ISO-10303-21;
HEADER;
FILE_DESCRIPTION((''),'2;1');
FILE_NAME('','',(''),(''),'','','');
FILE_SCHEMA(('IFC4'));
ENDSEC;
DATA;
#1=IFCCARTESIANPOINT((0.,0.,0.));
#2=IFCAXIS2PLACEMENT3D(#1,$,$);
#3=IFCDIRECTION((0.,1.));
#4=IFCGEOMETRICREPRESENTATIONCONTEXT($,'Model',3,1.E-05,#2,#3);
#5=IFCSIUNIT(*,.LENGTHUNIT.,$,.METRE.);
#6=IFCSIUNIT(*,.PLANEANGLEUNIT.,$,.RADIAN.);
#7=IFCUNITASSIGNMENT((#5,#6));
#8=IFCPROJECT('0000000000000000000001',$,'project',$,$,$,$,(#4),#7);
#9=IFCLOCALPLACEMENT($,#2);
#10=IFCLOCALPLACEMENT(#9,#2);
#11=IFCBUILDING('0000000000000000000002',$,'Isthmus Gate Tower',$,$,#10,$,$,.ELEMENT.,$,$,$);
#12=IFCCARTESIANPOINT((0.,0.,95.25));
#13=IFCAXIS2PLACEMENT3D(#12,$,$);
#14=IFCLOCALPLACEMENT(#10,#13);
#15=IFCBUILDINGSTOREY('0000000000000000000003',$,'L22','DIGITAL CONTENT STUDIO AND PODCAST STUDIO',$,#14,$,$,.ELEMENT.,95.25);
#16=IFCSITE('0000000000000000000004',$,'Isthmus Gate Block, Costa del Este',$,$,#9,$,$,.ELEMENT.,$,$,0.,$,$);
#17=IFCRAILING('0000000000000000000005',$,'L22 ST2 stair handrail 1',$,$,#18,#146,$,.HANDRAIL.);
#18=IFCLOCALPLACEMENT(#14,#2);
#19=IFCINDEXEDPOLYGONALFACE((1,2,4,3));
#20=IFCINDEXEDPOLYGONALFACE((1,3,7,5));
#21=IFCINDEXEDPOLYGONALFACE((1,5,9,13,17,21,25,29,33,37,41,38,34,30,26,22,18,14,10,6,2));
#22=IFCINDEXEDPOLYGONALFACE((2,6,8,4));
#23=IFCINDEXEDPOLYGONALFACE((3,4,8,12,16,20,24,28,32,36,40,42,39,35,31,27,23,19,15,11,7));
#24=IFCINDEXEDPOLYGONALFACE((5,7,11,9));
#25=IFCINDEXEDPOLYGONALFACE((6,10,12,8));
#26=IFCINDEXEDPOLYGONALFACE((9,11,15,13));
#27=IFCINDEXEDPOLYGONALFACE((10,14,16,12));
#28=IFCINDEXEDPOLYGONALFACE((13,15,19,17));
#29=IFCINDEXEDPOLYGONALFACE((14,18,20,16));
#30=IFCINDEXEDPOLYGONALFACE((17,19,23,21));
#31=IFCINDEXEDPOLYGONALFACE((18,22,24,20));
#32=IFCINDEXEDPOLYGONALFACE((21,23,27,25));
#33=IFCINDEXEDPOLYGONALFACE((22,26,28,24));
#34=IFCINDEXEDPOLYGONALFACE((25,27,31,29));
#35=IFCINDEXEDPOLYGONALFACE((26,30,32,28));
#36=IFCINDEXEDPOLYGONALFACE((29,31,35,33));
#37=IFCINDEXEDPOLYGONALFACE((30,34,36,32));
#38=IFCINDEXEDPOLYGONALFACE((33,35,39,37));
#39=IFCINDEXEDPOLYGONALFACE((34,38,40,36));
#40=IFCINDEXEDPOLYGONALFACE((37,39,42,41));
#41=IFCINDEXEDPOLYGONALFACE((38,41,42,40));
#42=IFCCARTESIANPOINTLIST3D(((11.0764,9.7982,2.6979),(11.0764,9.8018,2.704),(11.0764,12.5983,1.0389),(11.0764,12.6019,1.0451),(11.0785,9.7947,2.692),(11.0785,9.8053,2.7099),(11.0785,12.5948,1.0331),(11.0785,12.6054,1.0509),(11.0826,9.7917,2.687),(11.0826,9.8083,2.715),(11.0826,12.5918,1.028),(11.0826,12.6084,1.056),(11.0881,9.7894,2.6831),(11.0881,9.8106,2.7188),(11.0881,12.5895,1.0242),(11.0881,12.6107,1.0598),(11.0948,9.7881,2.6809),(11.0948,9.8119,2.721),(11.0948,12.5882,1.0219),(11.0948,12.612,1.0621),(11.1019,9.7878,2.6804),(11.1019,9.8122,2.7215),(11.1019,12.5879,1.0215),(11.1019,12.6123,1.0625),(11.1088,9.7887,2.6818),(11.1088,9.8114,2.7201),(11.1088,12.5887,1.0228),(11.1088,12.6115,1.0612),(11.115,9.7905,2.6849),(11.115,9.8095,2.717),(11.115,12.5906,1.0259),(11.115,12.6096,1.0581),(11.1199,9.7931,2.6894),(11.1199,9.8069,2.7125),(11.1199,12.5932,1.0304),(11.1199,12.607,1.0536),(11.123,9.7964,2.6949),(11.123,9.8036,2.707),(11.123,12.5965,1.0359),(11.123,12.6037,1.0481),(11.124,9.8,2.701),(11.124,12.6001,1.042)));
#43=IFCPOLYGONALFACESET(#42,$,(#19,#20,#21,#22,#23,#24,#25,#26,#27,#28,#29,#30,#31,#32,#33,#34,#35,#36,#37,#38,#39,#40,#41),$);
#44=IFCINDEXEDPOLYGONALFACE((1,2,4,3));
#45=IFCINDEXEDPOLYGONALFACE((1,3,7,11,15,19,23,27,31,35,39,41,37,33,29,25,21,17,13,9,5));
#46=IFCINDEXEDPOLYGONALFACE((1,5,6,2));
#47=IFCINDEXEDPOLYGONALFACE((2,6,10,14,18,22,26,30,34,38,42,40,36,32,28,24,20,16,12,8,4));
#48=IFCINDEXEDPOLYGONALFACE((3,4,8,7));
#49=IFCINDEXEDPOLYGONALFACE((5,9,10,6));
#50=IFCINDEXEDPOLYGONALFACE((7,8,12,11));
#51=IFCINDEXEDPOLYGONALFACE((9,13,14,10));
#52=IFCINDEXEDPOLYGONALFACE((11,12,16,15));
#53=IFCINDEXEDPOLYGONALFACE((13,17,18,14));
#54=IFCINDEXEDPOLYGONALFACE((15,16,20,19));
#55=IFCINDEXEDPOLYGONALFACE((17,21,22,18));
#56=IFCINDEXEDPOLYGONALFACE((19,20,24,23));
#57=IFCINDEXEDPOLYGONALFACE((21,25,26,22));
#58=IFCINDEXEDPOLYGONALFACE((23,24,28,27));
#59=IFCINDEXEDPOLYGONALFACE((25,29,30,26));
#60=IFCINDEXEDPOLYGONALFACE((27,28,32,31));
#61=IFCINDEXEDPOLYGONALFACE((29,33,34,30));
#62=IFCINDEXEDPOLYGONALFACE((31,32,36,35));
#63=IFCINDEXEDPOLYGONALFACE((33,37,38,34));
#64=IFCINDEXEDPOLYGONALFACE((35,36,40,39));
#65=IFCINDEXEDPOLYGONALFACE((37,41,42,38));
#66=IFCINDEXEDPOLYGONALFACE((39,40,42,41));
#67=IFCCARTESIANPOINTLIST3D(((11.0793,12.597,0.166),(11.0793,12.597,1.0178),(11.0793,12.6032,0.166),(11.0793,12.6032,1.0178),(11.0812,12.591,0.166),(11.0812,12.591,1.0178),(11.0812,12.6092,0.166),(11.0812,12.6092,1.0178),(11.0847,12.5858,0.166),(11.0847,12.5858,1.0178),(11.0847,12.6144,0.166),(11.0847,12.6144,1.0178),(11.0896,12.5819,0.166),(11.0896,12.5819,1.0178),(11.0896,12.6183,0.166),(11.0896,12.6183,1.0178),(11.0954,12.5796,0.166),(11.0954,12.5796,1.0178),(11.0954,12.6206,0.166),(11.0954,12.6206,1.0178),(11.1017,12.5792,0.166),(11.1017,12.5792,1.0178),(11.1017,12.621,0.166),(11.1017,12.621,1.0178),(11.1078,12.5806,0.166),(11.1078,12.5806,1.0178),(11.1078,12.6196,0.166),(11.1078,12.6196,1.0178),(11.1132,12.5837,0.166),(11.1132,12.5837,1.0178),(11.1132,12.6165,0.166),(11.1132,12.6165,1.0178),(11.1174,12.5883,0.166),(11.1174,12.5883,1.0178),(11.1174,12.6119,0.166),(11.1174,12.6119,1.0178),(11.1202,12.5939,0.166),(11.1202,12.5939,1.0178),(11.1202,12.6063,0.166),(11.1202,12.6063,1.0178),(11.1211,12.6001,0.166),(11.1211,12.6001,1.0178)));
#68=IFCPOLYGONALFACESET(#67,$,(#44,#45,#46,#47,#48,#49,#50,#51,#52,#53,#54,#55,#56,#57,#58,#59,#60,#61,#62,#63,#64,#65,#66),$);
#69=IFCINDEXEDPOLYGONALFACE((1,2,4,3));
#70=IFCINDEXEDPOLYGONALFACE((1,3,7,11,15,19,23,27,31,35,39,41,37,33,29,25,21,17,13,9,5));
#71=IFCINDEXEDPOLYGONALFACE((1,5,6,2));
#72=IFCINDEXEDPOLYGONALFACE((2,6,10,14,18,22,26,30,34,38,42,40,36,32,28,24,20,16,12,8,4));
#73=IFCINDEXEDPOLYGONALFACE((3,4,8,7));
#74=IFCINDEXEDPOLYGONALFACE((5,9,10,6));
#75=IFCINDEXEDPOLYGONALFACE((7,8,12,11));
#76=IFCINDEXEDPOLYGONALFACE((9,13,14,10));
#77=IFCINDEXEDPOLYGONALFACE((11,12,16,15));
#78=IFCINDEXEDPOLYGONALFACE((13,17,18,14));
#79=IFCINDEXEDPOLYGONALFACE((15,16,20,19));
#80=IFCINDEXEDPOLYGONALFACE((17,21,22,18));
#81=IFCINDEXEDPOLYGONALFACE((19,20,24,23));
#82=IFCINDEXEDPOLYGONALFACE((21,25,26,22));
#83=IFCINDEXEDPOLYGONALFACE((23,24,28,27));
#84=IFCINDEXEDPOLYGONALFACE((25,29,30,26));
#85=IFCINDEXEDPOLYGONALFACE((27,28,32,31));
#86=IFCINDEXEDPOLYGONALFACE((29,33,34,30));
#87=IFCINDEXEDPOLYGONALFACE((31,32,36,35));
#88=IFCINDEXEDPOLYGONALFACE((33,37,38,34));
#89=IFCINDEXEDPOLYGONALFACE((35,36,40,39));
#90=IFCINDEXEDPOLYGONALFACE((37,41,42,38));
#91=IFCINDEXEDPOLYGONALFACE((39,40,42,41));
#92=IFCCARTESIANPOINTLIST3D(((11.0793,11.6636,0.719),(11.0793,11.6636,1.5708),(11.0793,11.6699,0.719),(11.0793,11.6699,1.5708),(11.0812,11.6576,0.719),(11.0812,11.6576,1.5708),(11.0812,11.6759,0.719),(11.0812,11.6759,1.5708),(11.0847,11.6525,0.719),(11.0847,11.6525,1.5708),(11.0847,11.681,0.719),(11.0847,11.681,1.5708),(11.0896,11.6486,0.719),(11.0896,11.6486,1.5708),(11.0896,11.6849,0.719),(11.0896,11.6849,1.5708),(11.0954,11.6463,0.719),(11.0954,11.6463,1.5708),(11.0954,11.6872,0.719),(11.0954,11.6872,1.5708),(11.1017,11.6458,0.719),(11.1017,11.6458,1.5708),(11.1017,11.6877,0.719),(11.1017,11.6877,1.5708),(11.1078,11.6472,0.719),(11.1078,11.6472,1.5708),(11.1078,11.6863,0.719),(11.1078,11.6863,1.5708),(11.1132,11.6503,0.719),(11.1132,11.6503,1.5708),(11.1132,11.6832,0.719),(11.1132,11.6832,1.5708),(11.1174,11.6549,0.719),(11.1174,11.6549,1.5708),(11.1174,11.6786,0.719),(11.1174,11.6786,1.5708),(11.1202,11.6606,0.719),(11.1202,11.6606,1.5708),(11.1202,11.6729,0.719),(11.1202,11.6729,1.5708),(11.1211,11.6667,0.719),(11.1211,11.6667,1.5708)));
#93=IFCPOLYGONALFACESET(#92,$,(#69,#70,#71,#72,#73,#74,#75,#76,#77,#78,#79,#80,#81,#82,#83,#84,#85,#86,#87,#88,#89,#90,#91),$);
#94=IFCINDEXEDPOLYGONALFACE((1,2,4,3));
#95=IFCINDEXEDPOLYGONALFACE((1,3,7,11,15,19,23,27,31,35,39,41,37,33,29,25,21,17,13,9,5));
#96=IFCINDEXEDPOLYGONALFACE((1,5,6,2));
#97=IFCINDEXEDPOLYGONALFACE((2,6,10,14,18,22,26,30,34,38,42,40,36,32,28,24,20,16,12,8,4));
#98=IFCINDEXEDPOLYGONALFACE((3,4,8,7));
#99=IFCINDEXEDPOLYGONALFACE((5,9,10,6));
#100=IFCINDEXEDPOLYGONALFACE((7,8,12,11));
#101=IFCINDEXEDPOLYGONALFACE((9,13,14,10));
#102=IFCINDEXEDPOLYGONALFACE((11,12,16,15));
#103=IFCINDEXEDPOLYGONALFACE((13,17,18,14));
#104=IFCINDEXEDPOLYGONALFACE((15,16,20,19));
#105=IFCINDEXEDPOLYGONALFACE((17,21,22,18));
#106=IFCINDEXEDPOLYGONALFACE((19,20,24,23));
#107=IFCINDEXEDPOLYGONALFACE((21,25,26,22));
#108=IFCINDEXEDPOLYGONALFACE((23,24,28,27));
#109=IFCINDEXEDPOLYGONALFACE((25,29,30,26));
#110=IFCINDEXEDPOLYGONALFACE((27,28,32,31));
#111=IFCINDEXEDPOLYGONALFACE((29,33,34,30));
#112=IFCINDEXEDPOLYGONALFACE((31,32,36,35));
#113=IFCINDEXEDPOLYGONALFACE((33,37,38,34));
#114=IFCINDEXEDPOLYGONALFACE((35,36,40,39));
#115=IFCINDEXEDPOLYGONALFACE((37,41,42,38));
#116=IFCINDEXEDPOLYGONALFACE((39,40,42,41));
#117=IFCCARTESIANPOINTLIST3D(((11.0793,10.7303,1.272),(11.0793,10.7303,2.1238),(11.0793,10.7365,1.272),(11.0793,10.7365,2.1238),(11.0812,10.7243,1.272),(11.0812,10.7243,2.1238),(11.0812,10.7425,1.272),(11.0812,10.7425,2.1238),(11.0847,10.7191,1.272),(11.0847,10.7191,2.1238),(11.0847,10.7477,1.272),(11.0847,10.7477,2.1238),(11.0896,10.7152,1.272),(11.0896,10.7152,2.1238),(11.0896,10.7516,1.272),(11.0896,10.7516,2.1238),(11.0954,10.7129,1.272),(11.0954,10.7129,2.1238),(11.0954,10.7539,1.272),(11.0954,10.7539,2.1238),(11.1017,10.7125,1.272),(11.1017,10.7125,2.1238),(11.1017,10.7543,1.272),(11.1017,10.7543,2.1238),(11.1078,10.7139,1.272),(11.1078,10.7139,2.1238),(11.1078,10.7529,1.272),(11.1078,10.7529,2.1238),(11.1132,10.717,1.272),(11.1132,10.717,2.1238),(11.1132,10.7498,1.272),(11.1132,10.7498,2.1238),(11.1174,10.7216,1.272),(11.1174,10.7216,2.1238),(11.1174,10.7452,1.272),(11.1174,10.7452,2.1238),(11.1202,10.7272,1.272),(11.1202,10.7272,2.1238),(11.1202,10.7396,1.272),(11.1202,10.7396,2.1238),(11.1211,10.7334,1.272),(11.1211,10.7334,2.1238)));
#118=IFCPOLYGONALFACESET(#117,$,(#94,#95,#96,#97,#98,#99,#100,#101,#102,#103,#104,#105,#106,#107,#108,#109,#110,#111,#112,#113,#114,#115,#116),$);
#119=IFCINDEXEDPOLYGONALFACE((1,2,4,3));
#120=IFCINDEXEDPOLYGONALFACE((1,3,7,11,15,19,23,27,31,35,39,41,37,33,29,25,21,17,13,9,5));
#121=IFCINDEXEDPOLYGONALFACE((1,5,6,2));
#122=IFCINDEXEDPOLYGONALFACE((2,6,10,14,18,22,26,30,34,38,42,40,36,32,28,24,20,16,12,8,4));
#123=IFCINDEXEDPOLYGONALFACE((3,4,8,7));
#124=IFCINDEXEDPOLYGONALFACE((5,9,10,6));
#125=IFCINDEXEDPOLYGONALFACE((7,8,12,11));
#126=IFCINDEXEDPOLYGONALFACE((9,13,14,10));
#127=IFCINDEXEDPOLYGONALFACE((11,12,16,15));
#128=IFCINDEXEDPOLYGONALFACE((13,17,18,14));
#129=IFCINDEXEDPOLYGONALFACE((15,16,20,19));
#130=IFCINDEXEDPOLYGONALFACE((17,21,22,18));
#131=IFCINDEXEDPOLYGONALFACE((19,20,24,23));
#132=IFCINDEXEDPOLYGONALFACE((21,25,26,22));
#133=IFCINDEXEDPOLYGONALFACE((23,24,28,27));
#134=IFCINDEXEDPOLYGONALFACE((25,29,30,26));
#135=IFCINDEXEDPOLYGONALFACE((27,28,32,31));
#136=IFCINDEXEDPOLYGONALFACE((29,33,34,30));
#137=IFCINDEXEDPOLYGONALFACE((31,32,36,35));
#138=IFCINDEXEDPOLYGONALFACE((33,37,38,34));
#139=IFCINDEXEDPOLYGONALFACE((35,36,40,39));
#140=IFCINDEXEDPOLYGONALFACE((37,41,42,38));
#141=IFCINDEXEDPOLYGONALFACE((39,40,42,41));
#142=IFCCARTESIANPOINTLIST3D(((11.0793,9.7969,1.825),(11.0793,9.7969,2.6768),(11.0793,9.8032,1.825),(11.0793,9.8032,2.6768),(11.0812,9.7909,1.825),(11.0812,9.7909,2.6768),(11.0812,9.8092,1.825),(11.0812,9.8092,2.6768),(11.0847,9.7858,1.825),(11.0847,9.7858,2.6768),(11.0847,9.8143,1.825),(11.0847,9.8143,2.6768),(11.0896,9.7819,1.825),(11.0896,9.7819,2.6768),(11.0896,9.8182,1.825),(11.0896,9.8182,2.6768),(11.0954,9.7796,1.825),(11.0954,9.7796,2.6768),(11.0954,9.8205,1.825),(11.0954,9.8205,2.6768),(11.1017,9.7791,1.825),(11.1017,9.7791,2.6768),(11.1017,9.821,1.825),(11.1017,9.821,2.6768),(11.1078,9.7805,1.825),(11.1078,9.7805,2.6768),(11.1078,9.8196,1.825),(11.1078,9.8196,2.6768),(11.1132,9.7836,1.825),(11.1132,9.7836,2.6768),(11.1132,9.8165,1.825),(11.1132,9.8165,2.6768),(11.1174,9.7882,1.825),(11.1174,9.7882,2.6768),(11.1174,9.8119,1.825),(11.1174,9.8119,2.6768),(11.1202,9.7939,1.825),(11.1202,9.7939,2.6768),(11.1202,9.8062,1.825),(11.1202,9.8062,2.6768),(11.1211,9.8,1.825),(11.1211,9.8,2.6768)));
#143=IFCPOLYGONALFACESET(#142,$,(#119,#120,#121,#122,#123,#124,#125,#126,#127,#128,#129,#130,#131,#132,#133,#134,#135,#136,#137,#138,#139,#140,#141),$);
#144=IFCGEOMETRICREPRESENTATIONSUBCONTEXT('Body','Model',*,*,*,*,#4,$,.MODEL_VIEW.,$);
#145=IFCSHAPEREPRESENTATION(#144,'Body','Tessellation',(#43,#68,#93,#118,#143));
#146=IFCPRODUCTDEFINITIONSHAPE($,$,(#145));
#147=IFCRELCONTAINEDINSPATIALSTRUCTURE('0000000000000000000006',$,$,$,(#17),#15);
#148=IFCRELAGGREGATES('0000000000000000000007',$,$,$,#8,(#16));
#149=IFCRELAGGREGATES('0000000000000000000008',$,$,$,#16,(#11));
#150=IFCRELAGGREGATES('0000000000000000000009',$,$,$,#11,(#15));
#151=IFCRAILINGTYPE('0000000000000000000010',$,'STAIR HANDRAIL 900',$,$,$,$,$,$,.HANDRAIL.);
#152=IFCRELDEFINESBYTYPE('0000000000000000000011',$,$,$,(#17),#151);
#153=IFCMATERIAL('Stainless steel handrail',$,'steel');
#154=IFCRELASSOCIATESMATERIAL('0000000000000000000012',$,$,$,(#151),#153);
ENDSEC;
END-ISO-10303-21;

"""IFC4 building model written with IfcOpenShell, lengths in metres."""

from ifc_helpers import new_model, si_unit, direction, frame, origin, origin_2d, place, context, subcontext, project, spatial, circle, extrude, material, type_object, element, save


model = new_model("IFC4")

# Units and contexts
model_context = context("Model", 3, precision=1e-05, world=origin(), true_north=direction((0.0, 1.0)))
body_context = subcontext(model_context, "Body", "Model", "MODEL_VIEW")
ifc_project = project(units=[si_unit("LENGTHUNIT", "METRE"), si_unit("PLANEANGLEUNIT", "RADIAN")], contexts=[model_context])

# Site, building, storey
site_placement = place(None, origin())
site = spatial("IfcSite", under=ifc_project, at=site_placement, Name="Isthmus Gate Block, Costa del Este", CompositionType="ELEMENT", RefElevation=0.0)
building_placement = place(site_placement, origin())
building = spatial("IfcBuilding", under=site, at=building_placement, Name="Isthmus Gate Tower", CompositionType="ELEMENT")
storey_placement = place(building_placement, frame((0.0, 0.0, 95.25)))
storey = spatial("IfcBuildingStorey", under=building, at=storey_placement, Name="L22", Description="DIGITAL CONTENT STUDIO AND PODCAST STUDIO", CompositionType="ELEMENT", Elevation=95.25)

# Railing
ifc_material_1 = material(Name="Stainless steel handrail", Category="steel")
railing_type_1 = type_object("IfcRailingType", Name="STAIR HANDRAIL 900", PredefinedType="HANDRAIL", material=ifc_material_1)
for number, where, name in (
    (1, (11.1001, 12.6001, 0.166), "L22 ST2 stair handrail 1"),
):
    element("IfcRailing", number, at=place(storey_placement, frame(where)), inside=storey, type_object=railing_type_1, Name=name, PredefinedType="HANDRAIL", context=body_context, shape_type="SweptSolid", body=[
        extrude(circle(Radius=0.0239, at=origin_2d()), frame((0.0, 0.0, 0.876), z_axis=(0.0, -0.860339, 0.509722), x_axis=(1.0, 0.0, 0.0)), (0.0, 0.0, 1.0), 3.2546),
        extrude(circle(Radius=0.021, at=origin_2d()), origin(), (0.0, 0.0, 1.0), 0.8518),
        extrude(circle(Radius=0.021, at=origin_2d()), frame((0.0, -0.9333, 0.553)), (0.0, 0.0, 1.0), 0.8518),
        extrude(circle(Radius=0.021, at=origin_2d()), frame((0.0, -1.8667, 1.106)), (0.0, 0.0, 1.0), 0.8518),
        extrude(circle(Radius=0.021, at=origin_2d()), frame((0.0, -2.8, 1.6589)), (0.0, 0.0, 1.0), 0.8518),
    ])

save(model, "model.ifc")
